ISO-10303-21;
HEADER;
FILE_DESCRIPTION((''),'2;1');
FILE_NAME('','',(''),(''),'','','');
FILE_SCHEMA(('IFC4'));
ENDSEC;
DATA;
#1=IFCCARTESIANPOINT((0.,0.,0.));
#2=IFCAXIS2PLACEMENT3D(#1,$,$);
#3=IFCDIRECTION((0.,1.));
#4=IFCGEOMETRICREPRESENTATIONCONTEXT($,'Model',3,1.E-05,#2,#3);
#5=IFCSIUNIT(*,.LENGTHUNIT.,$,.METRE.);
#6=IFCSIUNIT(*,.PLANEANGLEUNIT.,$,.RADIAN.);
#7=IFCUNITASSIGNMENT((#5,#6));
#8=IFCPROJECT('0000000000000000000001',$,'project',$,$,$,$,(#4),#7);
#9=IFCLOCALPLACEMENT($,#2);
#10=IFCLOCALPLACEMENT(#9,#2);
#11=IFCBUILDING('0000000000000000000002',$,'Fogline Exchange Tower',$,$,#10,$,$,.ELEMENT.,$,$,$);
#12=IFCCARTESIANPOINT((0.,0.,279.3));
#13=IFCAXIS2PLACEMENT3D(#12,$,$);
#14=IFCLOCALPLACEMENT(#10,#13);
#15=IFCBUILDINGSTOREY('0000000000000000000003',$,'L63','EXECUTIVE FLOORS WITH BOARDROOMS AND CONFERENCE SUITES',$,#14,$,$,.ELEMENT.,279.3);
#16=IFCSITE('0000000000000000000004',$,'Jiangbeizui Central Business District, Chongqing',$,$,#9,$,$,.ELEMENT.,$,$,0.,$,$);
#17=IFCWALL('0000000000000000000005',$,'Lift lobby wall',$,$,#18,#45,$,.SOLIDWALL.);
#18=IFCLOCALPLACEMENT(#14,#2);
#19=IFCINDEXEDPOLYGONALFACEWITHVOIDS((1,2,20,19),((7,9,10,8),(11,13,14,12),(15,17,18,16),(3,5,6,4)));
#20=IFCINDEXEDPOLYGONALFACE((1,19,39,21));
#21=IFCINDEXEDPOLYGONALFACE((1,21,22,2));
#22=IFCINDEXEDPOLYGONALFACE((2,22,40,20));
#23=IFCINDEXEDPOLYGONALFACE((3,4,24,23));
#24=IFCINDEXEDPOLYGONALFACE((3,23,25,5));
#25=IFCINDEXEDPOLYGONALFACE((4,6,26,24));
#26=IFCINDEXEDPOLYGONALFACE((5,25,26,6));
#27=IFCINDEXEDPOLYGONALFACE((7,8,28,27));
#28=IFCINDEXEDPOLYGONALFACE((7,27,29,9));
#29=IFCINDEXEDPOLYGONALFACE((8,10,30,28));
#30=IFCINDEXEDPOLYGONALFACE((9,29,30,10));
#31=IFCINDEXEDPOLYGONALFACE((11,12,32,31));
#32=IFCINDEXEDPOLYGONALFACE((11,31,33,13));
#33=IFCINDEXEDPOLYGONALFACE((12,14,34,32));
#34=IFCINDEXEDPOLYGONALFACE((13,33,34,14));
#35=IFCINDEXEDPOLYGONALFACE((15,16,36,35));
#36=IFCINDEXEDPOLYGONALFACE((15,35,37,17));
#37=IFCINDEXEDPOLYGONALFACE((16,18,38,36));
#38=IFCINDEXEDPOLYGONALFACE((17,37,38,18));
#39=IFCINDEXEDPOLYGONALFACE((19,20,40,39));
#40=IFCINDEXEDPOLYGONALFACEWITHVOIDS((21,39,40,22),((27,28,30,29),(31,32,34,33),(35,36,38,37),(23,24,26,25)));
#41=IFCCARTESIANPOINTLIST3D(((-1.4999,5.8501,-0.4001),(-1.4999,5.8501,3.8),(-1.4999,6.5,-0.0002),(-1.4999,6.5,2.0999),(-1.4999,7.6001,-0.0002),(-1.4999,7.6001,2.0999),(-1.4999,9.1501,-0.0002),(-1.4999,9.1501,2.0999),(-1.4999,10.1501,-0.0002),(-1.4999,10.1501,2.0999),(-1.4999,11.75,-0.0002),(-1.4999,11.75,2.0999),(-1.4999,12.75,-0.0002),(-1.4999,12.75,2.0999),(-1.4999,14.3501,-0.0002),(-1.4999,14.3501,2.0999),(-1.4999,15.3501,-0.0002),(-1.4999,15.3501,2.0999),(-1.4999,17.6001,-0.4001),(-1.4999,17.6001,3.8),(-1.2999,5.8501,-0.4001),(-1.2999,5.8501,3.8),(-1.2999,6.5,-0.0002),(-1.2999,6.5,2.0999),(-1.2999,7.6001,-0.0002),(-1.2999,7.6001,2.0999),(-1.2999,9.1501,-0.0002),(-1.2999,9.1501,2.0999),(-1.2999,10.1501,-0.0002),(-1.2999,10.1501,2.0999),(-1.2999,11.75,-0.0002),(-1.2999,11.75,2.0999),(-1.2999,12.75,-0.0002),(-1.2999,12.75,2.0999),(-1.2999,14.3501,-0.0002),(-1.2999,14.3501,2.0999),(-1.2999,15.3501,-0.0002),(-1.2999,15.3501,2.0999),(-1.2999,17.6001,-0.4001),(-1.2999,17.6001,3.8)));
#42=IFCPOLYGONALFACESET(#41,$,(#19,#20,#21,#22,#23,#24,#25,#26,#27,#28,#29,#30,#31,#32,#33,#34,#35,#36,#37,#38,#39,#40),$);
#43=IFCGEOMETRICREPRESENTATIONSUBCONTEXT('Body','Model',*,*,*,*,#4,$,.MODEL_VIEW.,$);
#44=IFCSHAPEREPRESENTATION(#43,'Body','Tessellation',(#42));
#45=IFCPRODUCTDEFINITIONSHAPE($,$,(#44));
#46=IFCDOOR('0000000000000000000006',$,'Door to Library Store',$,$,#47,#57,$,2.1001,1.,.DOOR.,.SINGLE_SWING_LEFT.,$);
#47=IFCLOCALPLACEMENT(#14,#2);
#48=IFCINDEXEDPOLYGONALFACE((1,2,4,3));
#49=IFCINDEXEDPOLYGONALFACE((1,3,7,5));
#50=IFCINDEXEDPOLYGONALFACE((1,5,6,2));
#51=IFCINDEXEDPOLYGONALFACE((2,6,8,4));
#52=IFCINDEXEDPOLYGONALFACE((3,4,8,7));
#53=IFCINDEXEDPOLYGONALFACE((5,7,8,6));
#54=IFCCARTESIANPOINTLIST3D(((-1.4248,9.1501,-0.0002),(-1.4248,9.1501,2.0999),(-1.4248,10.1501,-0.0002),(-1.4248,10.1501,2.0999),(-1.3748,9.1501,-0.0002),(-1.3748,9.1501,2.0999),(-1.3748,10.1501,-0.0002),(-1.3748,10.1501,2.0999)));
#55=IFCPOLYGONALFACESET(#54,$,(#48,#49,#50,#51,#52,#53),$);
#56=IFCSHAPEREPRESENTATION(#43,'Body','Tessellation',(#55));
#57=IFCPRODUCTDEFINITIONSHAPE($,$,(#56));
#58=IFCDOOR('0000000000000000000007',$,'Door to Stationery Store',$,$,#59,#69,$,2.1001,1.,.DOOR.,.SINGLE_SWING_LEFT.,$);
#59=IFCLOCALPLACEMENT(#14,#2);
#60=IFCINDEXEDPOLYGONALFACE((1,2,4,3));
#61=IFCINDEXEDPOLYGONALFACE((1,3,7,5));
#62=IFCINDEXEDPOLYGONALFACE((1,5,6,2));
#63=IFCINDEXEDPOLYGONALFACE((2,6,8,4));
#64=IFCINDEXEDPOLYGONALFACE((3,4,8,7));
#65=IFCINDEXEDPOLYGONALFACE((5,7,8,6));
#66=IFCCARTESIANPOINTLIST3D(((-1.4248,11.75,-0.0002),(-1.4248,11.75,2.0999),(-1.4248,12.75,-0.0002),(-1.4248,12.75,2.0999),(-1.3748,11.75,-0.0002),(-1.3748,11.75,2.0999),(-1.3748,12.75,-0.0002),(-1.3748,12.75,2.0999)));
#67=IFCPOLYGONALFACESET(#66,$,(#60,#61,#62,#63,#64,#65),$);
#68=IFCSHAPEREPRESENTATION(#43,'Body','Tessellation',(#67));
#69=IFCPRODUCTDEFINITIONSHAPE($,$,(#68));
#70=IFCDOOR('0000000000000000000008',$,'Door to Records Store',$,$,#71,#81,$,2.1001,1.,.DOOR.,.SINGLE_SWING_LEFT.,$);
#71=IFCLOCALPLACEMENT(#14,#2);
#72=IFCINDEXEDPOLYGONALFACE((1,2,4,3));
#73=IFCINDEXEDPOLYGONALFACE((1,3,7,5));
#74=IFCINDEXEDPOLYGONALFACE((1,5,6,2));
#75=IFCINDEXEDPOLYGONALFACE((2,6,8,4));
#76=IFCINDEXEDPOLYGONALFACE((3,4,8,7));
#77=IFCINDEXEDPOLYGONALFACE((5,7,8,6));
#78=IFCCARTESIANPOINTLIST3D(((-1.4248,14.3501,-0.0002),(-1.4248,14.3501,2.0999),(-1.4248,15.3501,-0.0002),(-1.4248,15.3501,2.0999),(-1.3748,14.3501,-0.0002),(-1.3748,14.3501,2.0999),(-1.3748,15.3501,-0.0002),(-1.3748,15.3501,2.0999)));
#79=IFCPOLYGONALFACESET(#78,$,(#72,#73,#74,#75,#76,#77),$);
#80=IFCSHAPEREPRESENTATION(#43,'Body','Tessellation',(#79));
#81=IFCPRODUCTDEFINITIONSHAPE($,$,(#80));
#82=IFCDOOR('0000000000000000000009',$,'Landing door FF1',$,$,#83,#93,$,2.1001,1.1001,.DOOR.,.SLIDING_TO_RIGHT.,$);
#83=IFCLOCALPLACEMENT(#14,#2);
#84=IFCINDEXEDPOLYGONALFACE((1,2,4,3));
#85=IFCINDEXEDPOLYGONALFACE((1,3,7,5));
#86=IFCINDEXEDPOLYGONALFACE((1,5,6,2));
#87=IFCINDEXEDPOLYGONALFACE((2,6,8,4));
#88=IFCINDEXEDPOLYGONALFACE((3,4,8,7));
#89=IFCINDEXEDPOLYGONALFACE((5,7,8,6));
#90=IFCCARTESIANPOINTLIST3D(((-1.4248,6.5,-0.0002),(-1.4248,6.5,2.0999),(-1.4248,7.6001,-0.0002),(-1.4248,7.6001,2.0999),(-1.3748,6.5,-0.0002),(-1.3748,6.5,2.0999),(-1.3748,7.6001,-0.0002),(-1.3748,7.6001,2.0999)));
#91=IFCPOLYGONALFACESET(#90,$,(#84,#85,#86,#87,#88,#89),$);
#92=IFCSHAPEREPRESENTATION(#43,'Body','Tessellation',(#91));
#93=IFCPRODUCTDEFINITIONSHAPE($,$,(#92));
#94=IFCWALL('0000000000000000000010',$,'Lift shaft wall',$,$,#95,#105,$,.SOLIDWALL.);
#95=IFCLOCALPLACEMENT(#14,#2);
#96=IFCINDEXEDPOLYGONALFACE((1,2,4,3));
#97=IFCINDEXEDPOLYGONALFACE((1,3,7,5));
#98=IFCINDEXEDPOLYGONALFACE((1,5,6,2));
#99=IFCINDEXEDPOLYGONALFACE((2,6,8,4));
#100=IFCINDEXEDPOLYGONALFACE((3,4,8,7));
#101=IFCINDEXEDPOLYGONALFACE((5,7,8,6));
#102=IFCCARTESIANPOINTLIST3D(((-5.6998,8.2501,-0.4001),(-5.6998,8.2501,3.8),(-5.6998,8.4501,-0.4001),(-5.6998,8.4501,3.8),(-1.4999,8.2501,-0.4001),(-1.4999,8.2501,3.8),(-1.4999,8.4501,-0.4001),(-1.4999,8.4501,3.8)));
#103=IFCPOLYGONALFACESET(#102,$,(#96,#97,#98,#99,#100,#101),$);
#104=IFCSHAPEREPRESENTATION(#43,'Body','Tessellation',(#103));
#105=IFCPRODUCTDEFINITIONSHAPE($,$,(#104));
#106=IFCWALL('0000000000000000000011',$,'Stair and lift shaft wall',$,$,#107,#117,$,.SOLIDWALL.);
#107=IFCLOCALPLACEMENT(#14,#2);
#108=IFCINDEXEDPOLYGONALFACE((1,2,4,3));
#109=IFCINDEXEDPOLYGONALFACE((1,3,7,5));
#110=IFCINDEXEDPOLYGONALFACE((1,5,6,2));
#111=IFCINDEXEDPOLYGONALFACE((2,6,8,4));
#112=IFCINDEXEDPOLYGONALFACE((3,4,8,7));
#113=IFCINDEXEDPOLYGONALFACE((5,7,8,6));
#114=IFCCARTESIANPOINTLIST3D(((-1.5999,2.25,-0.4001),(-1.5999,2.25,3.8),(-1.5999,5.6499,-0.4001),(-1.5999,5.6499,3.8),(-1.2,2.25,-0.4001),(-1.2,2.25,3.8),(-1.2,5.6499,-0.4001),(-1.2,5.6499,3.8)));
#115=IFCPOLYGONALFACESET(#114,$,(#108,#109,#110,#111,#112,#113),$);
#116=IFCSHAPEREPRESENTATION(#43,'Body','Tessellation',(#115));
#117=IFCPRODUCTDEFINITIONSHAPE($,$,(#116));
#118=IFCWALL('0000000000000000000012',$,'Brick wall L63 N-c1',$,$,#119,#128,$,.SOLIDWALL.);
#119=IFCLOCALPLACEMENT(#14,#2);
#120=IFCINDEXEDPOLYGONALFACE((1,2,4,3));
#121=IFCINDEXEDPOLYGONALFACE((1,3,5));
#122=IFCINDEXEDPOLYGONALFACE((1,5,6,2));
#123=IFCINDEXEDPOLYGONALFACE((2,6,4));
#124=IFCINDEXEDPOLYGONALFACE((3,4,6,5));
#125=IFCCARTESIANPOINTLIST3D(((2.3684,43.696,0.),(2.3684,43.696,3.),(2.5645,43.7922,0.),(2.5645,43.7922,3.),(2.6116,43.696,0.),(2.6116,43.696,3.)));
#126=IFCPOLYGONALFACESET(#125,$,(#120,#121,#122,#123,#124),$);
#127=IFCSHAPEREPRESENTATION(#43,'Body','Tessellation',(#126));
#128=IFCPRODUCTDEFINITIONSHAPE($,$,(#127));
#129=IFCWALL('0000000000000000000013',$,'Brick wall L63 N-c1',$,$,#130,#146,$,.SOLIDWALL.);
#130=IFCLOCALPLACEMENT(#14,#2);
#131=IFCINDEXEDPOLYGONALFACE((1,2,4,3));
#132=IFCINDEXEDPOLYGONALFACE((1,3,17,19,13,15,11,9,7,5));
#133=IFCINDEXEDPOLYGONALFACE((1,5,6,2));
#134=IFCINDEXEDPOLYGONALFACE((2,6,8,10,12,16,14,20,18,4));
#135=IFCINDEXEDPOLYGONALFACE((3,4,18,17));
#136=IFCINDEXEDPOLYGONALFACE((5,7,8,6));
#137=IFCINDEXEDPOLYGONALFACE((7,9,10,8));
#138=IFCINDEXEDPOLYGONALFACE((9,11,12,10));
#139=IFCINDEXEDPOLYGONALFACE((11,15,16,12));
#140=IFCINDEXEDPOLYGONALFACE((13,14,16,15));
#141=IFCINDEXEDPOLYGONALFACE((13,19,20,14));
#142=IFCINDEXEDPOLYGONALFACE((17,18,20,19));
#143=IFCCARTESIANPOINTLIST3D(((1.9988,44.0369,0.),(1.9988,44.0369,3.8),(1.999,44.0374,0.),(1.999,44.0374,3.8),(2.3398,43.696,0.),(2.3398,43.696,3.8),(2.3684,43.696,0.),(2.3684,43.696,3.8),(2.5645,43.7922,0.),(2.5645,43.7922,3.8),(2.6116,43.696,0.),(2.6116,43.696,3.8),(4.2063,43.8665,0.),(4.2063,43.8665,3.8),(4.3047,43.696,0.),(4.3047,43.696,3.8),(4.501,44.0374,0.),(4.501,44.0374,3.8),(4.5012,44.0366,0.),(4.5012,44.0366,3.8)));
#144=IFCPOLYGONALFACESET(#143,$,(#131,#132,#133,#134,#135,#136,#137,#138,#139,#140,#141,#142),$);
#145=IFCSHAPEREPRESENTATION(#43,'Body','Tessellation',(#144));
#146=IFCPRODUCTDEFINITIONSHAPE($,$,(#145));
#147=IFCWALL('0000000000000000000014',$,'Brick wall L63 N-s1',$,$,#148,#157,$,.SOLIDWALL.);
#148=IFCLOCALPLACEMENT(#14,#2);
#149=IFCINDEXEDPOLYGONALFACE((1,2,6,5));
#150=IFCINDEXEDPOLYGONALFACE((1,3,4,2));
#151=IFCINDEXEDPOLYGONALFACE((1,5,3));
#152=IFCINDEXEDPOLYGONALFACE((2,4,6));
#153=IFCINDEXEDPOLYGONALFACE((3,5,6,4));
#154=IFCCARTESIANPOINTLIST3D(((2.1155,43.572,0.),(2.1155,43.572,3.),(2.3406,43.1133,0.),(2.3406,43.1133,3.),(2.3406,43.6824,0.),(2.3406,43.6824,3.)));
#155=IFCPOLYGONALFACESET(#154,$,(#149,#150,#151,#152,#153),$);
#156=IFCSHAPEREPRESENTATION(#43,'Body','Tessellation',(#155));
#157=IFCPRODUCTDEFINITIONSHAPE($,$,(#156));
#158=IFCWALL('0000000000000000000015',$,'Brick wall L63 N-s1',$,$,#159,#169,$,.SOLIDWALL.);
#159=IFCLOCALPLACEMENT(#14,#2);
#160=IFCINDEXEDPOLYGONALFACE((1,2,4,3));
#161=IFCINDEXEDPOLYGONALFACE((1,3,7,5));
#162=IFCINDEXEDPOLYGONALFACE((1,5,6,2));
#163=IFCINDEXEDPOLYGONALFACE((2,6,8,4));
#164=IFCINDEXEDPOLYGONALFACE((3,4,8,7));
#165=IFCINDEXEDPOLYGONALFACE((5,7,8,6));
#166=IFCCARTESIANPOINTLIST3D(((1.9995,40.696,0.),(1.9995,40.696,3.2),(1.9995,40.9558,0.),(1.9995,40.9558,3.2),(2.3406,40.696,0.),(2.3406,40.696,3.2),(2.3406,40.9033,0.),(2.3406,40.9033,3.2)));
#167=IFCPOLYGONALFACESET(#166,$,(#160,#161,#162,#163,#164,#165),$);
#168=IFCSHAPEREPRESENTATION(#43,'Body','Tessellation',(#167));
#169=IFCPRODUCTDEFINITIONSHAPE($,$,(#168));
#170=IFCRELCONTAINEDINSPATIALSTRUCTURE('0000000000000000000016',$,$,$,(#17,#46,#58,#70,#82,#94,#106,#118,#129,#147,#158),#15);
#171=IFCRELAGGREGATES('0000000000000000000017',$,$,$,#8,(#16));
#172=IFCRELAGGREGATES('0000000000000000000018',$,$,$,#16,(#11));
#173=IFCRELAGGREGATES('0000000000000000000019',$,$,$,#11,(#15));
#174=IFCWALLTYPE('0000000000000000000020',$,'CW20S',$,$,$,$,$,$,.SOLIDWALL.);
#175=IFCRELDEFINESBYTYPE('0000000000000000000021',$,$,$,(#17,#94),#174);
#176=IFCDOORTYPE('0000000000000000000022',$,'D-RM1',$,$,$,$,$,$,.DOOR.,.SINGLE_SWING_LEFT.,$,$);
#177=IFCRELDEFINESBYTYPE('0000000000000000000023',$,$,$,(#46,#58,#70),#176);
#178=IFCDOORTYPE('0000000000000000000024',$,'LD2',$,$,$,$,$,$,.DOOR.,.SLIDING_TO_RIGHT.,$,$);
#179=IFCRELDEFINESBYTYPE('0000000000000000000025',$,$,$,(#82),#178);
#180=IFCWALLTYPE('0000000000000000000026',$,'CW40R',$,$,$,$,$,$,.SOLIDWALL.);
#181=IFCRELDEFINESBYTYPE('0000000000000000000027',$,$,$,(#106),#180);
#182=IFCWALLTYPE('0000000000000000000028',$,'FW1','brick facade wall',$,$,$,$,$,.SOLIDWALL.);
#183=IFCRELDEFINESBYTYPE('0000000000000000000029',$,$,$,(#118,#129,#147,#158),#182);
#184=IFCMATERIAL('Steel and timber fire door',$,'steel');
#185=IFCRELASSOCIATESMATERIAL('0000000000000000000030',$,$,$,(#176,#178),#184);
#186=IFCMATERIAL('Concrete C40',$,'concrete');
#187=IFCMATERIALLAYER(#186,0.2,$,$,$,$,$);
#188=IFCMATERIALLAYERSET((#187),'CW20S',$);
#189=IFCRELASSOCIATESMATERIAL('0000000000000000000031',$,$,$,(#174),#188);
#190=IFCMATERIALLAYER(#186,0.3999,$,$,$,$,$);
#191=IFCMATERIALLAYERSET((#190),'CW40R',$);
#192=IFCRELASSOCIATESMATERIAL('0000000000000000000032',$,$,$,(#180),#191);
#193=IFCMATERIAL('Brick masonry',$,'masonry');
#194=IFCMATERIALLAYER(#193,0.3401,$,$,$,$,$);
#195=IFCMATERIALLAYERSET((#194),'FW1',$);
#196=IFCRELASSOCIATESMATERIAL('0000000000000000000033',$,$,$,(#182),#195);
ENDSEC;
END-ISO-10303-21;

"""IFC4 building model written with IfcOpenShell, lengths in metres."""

from ifc_helpers import new_model, si_unit, direction, frame, frame_2d, origin, place, context, subcontext, project, spatial, polyline, rectangle, outline, extrude, material, layer, layer_set, type_object, element, fill, save


model = new_model("IFC4")

# Units and contexts
model_context = context("Model", 3, precision=1e-05, world=origin(), true_north=direction((0.0, 1.0)))
body_context = subcontext(model_context, "Body", "Model", "MODEL_VIEW")
ifc_project = project(units=[si_unit("LENGTHUNIT", "METRE"), si_unit("PLANEANGLEUNIT", "RADIAN")], contexts=[model_context])

# Site, building, storey
site_placement = place(None, origin())
site = spatial("IfcSite", under=ifc_project, at=site_placement, Name="Jiangbeizui Central Business District, Chongqing", CompositionType="ELEMENT", RefElevation=0.0)
building_placement = place(site_placement, origin())
building = spatial("IfcBuilding", under=site, at=building_placement, Name="Fogline Exchange Tower", CompositionType="ELEMENT")
storey_placement = place(building_placement, frame((0.0, 0.0, 279.3)))
storey = spatial("IfcBuildingStorey", under=building, at=storey_placement, Name="L63", Description="EXECUTIVE FLOORS WITH BOARDROOMS AND CONFERENCE SUITES", CompositionType="ELEMENT", Elevation=279.3)

# Shared definitions
ifc_material_1 = material(Name="Steel and timber fire door", Category="steel")

# Shared definitions
ifc_material_2 = material(Name="Concrete C40", Category="concrete")
door_type_1 = type_object("IfcDoorType", Name="D-RM1", OperationType="SINGLE_SWING_LEFT", PredefinedType="DOOR", material=ifc_material_1)

# Shared definitions
ifc_layer_1 = layer(ifc_material_2, 0.2)
ifc_layer_set_1 = layer_set([ifc_layer_1], Name="CW20S")
wall_type_1 = type_object("IfcWallType", Name="CW20S", PredefinedType="SOLIDWALL", material=ifc_layer_set_1)

# Wall, openings, doors
wall_1_placement = place(storey_placement, frame((-1.3999, 5.8501, -0.4001), z_axis=(0.0, 0.0, 1.0), x_axis=(0.0, 1.0, 0.0)))
wall_1 = element("IfcWall", 1, at=wall_1_placement, inside=storey, type_object=wall_type_1, Name="Lift lobby wall", PredefinedType="SOLIDWALL", context=body_context, shape_type="SweptSolid", body=[
    extrude(rectangle(XDim=11.75, YDim=0.2, at=frame_2d((5.875, 0.0))), origin(), (0.0, 0.0, 1.0), 4.2002),
])
opening_1_placement = place(wall_1_placement, frame((0.6499, 0.0, 0.3999)))
opening_1 = element("IfcOpeningElement", 2, at=opening_1_placement, cuts=wall_1, PredefinedType="OPENING", context=body_context, shape_type="SweptSolid", body=[
    extrude(rectangle(XDim=1.1001, YDim=2.1001, at=frame_2d((0.55, 1.05))), frame((0.0, 0.1099, 0.0), z_axis=(0.0, -1.0, 0.0), x_axis=(1.0, 0.0, 0.0)), (0.0, 0.0, 1.0), 0.22),
])
opening_2_placement = place(wall_1_placement, frame((3.3, 0.0, 0.3999)))
opening_2 = element("IfcOpeningElement", 3, at=opening_2_placement, cuts=wall_1, PredefinedType="OPENING", context=body_context, shape_type="SweptSolid", body=[
    extrude(rectangle(XDim=1.0, YDim=2.1001, at=frame_2d((0.5, 1.05))), frame((0.0, 0.1099, 0.0), z_axis=(0.0, -1.0, 0.0), x_axis=(1.0, 0.0, 0.0)), (0.0, 0.0, 1.0), 0.22),
])
opening_3_placement = place(wall_1_placement, frame((5.8999, 0.0, 0.3999)))
opening_3 = element("IfcOpeningElement", 4, at=opening_3_placement, cuts=wall_1, PredefinedType="OPENING", context=body_context, shape_type="SweptSolid", body=[
    extrude(rectangle(XDim=1.0, YDim=2.1001, at=frame_2d((0.5, 1.05))), frame((0.0, 0.1099, 0.0), z_axis=(0.0, -1.0, 0.0), x_axis=(1.0, 0.0, 0.0)), (0.0, 0.0, 1.0), 0.22),
])
opening_4_placement = place(wall_1_placement, frame((8.5, 0.0, 0.3999)))
opening_4 = element("IfcOpeningElement", 5, at=opening_4_placement, cuts=wall_1, PredefinedType="OPENING", context=body_context, shape_type="SweptSolid", body=[
    extrude(rectangle(XDim=1.0, YDim=2.1001, at=frame_2d((0.5, 1.05))), frame((0.0, 0.1099, 0.0), z_axis=(0.0, -1.0, 0.0), x_axis=(1.0, 0.0, 0.0)), (0.0, 0.0, 1.0), 0.22),
])
door_1_placement = place(opening_2_placement, origin())
door_1 = element("IfcDoor", 6, at=door_1_placement, inside=storey, type_object=door_type_1, Name="Door to Library Store", OperationType="SINGLE_SWING_LEFT", OverallHeight=2.1001, OverallWidth=1.0, PredefinedType="DOOR", context=body_context, shape_type="SweptSolid", body=[
    extrude(rectangle(XDim=1.0, YDim=2.1001, at=frame_2d((0.5, 1.05))), frame((0.0, 0.0249, 0.0), z_axis=(0.0, -1.0, 0.0), x_axis=(1.0, 0.0, 0.0)), (0.0, 0.0, 1.0), 0.05),
])
fill(opening_2, door_1)
door_2_placement = place(opening_3_placement, origin())
door_2 = element("IfcDoor", 7, at=door_2_placement, inside=storey, type_object=door_type_1, Name="Door to Stationery Store", OperationType="SINGLE_SWING_LEFT", OverallHeight=2.1001, OverallWidth=1.0, PredefinedType="DOOR", context=body_context, shape_type="SweptSolid", body=[
    extrude(rectangle(XDim=1.0, YDim=2.1001, at=frame_2d((0.5, 1.05))), frame((0.0, 0.0249, 0.0), z_axis=(0.0, -1.0, 0.0), x_axis=(1.0, 0.0, 0.0)), (0.0, 0.0, 1.0), 0.05),
])
fill(opening_3, door_2)
door_3_placement = place(opening_4_placement, origin())
door_3 = element("IfcDoor", 8, at=door_3_placement, inside=storey, type_object=door_type_1, Name="Door to Records Store", OperationType="SINGLE_SWING_LEFT", OverallHeight=2.1001, OverallWidth=1.0, PredefinedType="DOOR", context=body_context, shape_type="SweptSolid", body=[
    extrude(rectangle(XDim=1.0, YDim=2.1001, at=frame_2d((0.5, 1.05))), frame((0.0, 0.0249, 0.0), z_axis=(0.0, -1.0, 0.0), x_axis=(1.0, 0.0, 0.0)), (0.0, 0.0, 1.0), 0.05),
])
fill(opening_4, door_3)
door_type_2 = type_object("IfcDoorType", Name="LD2", OperationType="SLIDING_TO_RIGHT", PredefinedType="DOOR", material=ifc_material_1)
door_4_placement = place(opening_1_placement, origin())
door_4 = element("IfcDoor", 9, at=door_4_placement, inside=storey, type_object=door_type_2, Name="Landing door FF1", OperationType="SLIDING_TO_RIGHT", OverallHeight=2.1001, OverallWidth=1.1001, PredefinedType="DOOR", context=body_context, shape_type="SweptSolid", body=[
    extrude(rectangle(XDim=1.1001, YDim=2.1001, at=frame_2d((0.55, 1.05))), frame((0.0, 0.0249, 0.0), z_axis=(0.0, -1.0, 0.0), x_axis=(1.0, 0.0, 0.0)), (0.0, 0.0, 1.0), 0.05),
])
fill(opening_1, door_4)

# Walls
wall_2_placement = place(storey_placement, frame((-5.7, 8.3501, -0.4001), z_axis=(0.0, 0.0, 1.0), x_axis=(1.0, 0.0, 0.0)))
element("IfcWall", 10, at=wall_2_placement, inside=storey, type_object=wall_type_1, Name="Lift shaft wall", PredefinedType="SOLIDWALL", context=body_context, shape_type="SweptSolid", body=[
    extrude(rectangle(XDim=4.2, YDim=0.2, at=frame_2d((2.1001, 0.0))), origin(), (0.0, 0.0, 1.0), 4.2002),
])
ifc_layer_2 = layer(ifc_material_2, 0.3999)
ifc_layer_set_2 = layer_set([ifc_layer_2], Name="CW40R")
wall_type_2 = type_object("IfcWallType", Name="CW40R", PredefinedType="SOLIDWALL", material=ifc_layer_set_2)
wall_3_placement = place(storey_placement, frame((-1.3999, 2.25, -0.4001), z_axis=(0.0, 0.0, 1.0), x_axis=(0.0, 1.0, 0.0)))
element("IfcWall", 11, at=wall_3_placement, inside=storey, type_object=wall_type_2, Name="Stair and lift shaft wall", PredefinedType="SOLIDWALL", context=body_context, shape_type="SweptSolid", body=[
    extrude(rectangle(XDim=3.3999, YDim=0.3999, at=frame_2d((1.7, 0.0))), origin(), (0.0, 0.0, 1.0), 4.2002),
])
ifc_material_3 = material(Name="Brick masonry", Category="masonry")
ifc_layer_3 = layer(ifc_material_3, 0.3401)
ifc_layer_set_3 = layer_set([ifc_layer_3], Name="FW1")
wall_type_3 = type_object("IfcWallType", Name="FW1", Description="brick facade wall", PredefinedType="SOLIDWALL", material=ifc_layer_set_3)
wall_4_placement = place(storey_placement, origin())
element("IfcWall", 12, at=wall_4_placement, inside=storey, type_object=wall_type_3, Name="Brick wall L63 N-c1", PredefinedType="SOLIDWALL", context=body_context, shape_type="SweptSolid", body=[
    extrude(outline(polyline([(2.3684, 43.696), (2.5645, 43.7922), (2.6116, 43.696), (2.3684, 43.696)])), origin(), (0.0, 0.0, 1.0), 3.0),
])
wall_5_placement = place(storey_placement, origin())
element("IfcWall", 13, at=wall_5_placement, inside=storey, type_object=wall_type_3, Name="Brick wall L63 N-c1", PredefinedType="SOLIDWALL", context=body_context, shape_type="SweptSolid", body=[
    extrude(outline(polyline([(4.501, 44.0374), (4.5012, 44.0366), (4.2063, 43.8665), (4.3047, 43.696), (2.6116, 43.696), (2.5645, 43.7922), (2.3684, 43.696), (2.3398, 43.696), (1.9988, 44.0369), (1.999, 44.0374), (4.501, 44.0374)])), origin(), (0.0, 0.0, 1.0), 3.8),
])
wall_6_placement = place(storey_placement, origin())
element("IfcWall", 14, at=wall_6_placement, inside=storey, type_object=wall_type_3, Name="Brick wall L63 N-s1", PredefinedType="SOLIDWALL", context=body_context, shape_type="SweptSolid", body=[
    extrude(outline(polyline([(2.3406, 43.1133), (2.1155, 43.572), (2.3406, 43.6824), (2.3406, 43.1133)])), origin(), (0.0, 0.0, 1.0), 3.0),
])
wall_7_placement = place(storey_placement, origin())
element("IfcWall", 15, at=wall_7_placement, inside=storey, type_object=wall_type_3, Name="Brick wall L63 N-s1", PredefinedType="SOLIDWALL", context=body_context, shape_type="SweptSolid", body=[
    extrude(outline(polyline([(1.9995, 40.9558), (2.3406, 40.9033), (2.3406, 40.696), (1.9995, 40.696), (1.9995, 40.9558)])), origin(), (0.0, 0.0, 1.0), 3.2),
])

save(model, "model.ifc")
